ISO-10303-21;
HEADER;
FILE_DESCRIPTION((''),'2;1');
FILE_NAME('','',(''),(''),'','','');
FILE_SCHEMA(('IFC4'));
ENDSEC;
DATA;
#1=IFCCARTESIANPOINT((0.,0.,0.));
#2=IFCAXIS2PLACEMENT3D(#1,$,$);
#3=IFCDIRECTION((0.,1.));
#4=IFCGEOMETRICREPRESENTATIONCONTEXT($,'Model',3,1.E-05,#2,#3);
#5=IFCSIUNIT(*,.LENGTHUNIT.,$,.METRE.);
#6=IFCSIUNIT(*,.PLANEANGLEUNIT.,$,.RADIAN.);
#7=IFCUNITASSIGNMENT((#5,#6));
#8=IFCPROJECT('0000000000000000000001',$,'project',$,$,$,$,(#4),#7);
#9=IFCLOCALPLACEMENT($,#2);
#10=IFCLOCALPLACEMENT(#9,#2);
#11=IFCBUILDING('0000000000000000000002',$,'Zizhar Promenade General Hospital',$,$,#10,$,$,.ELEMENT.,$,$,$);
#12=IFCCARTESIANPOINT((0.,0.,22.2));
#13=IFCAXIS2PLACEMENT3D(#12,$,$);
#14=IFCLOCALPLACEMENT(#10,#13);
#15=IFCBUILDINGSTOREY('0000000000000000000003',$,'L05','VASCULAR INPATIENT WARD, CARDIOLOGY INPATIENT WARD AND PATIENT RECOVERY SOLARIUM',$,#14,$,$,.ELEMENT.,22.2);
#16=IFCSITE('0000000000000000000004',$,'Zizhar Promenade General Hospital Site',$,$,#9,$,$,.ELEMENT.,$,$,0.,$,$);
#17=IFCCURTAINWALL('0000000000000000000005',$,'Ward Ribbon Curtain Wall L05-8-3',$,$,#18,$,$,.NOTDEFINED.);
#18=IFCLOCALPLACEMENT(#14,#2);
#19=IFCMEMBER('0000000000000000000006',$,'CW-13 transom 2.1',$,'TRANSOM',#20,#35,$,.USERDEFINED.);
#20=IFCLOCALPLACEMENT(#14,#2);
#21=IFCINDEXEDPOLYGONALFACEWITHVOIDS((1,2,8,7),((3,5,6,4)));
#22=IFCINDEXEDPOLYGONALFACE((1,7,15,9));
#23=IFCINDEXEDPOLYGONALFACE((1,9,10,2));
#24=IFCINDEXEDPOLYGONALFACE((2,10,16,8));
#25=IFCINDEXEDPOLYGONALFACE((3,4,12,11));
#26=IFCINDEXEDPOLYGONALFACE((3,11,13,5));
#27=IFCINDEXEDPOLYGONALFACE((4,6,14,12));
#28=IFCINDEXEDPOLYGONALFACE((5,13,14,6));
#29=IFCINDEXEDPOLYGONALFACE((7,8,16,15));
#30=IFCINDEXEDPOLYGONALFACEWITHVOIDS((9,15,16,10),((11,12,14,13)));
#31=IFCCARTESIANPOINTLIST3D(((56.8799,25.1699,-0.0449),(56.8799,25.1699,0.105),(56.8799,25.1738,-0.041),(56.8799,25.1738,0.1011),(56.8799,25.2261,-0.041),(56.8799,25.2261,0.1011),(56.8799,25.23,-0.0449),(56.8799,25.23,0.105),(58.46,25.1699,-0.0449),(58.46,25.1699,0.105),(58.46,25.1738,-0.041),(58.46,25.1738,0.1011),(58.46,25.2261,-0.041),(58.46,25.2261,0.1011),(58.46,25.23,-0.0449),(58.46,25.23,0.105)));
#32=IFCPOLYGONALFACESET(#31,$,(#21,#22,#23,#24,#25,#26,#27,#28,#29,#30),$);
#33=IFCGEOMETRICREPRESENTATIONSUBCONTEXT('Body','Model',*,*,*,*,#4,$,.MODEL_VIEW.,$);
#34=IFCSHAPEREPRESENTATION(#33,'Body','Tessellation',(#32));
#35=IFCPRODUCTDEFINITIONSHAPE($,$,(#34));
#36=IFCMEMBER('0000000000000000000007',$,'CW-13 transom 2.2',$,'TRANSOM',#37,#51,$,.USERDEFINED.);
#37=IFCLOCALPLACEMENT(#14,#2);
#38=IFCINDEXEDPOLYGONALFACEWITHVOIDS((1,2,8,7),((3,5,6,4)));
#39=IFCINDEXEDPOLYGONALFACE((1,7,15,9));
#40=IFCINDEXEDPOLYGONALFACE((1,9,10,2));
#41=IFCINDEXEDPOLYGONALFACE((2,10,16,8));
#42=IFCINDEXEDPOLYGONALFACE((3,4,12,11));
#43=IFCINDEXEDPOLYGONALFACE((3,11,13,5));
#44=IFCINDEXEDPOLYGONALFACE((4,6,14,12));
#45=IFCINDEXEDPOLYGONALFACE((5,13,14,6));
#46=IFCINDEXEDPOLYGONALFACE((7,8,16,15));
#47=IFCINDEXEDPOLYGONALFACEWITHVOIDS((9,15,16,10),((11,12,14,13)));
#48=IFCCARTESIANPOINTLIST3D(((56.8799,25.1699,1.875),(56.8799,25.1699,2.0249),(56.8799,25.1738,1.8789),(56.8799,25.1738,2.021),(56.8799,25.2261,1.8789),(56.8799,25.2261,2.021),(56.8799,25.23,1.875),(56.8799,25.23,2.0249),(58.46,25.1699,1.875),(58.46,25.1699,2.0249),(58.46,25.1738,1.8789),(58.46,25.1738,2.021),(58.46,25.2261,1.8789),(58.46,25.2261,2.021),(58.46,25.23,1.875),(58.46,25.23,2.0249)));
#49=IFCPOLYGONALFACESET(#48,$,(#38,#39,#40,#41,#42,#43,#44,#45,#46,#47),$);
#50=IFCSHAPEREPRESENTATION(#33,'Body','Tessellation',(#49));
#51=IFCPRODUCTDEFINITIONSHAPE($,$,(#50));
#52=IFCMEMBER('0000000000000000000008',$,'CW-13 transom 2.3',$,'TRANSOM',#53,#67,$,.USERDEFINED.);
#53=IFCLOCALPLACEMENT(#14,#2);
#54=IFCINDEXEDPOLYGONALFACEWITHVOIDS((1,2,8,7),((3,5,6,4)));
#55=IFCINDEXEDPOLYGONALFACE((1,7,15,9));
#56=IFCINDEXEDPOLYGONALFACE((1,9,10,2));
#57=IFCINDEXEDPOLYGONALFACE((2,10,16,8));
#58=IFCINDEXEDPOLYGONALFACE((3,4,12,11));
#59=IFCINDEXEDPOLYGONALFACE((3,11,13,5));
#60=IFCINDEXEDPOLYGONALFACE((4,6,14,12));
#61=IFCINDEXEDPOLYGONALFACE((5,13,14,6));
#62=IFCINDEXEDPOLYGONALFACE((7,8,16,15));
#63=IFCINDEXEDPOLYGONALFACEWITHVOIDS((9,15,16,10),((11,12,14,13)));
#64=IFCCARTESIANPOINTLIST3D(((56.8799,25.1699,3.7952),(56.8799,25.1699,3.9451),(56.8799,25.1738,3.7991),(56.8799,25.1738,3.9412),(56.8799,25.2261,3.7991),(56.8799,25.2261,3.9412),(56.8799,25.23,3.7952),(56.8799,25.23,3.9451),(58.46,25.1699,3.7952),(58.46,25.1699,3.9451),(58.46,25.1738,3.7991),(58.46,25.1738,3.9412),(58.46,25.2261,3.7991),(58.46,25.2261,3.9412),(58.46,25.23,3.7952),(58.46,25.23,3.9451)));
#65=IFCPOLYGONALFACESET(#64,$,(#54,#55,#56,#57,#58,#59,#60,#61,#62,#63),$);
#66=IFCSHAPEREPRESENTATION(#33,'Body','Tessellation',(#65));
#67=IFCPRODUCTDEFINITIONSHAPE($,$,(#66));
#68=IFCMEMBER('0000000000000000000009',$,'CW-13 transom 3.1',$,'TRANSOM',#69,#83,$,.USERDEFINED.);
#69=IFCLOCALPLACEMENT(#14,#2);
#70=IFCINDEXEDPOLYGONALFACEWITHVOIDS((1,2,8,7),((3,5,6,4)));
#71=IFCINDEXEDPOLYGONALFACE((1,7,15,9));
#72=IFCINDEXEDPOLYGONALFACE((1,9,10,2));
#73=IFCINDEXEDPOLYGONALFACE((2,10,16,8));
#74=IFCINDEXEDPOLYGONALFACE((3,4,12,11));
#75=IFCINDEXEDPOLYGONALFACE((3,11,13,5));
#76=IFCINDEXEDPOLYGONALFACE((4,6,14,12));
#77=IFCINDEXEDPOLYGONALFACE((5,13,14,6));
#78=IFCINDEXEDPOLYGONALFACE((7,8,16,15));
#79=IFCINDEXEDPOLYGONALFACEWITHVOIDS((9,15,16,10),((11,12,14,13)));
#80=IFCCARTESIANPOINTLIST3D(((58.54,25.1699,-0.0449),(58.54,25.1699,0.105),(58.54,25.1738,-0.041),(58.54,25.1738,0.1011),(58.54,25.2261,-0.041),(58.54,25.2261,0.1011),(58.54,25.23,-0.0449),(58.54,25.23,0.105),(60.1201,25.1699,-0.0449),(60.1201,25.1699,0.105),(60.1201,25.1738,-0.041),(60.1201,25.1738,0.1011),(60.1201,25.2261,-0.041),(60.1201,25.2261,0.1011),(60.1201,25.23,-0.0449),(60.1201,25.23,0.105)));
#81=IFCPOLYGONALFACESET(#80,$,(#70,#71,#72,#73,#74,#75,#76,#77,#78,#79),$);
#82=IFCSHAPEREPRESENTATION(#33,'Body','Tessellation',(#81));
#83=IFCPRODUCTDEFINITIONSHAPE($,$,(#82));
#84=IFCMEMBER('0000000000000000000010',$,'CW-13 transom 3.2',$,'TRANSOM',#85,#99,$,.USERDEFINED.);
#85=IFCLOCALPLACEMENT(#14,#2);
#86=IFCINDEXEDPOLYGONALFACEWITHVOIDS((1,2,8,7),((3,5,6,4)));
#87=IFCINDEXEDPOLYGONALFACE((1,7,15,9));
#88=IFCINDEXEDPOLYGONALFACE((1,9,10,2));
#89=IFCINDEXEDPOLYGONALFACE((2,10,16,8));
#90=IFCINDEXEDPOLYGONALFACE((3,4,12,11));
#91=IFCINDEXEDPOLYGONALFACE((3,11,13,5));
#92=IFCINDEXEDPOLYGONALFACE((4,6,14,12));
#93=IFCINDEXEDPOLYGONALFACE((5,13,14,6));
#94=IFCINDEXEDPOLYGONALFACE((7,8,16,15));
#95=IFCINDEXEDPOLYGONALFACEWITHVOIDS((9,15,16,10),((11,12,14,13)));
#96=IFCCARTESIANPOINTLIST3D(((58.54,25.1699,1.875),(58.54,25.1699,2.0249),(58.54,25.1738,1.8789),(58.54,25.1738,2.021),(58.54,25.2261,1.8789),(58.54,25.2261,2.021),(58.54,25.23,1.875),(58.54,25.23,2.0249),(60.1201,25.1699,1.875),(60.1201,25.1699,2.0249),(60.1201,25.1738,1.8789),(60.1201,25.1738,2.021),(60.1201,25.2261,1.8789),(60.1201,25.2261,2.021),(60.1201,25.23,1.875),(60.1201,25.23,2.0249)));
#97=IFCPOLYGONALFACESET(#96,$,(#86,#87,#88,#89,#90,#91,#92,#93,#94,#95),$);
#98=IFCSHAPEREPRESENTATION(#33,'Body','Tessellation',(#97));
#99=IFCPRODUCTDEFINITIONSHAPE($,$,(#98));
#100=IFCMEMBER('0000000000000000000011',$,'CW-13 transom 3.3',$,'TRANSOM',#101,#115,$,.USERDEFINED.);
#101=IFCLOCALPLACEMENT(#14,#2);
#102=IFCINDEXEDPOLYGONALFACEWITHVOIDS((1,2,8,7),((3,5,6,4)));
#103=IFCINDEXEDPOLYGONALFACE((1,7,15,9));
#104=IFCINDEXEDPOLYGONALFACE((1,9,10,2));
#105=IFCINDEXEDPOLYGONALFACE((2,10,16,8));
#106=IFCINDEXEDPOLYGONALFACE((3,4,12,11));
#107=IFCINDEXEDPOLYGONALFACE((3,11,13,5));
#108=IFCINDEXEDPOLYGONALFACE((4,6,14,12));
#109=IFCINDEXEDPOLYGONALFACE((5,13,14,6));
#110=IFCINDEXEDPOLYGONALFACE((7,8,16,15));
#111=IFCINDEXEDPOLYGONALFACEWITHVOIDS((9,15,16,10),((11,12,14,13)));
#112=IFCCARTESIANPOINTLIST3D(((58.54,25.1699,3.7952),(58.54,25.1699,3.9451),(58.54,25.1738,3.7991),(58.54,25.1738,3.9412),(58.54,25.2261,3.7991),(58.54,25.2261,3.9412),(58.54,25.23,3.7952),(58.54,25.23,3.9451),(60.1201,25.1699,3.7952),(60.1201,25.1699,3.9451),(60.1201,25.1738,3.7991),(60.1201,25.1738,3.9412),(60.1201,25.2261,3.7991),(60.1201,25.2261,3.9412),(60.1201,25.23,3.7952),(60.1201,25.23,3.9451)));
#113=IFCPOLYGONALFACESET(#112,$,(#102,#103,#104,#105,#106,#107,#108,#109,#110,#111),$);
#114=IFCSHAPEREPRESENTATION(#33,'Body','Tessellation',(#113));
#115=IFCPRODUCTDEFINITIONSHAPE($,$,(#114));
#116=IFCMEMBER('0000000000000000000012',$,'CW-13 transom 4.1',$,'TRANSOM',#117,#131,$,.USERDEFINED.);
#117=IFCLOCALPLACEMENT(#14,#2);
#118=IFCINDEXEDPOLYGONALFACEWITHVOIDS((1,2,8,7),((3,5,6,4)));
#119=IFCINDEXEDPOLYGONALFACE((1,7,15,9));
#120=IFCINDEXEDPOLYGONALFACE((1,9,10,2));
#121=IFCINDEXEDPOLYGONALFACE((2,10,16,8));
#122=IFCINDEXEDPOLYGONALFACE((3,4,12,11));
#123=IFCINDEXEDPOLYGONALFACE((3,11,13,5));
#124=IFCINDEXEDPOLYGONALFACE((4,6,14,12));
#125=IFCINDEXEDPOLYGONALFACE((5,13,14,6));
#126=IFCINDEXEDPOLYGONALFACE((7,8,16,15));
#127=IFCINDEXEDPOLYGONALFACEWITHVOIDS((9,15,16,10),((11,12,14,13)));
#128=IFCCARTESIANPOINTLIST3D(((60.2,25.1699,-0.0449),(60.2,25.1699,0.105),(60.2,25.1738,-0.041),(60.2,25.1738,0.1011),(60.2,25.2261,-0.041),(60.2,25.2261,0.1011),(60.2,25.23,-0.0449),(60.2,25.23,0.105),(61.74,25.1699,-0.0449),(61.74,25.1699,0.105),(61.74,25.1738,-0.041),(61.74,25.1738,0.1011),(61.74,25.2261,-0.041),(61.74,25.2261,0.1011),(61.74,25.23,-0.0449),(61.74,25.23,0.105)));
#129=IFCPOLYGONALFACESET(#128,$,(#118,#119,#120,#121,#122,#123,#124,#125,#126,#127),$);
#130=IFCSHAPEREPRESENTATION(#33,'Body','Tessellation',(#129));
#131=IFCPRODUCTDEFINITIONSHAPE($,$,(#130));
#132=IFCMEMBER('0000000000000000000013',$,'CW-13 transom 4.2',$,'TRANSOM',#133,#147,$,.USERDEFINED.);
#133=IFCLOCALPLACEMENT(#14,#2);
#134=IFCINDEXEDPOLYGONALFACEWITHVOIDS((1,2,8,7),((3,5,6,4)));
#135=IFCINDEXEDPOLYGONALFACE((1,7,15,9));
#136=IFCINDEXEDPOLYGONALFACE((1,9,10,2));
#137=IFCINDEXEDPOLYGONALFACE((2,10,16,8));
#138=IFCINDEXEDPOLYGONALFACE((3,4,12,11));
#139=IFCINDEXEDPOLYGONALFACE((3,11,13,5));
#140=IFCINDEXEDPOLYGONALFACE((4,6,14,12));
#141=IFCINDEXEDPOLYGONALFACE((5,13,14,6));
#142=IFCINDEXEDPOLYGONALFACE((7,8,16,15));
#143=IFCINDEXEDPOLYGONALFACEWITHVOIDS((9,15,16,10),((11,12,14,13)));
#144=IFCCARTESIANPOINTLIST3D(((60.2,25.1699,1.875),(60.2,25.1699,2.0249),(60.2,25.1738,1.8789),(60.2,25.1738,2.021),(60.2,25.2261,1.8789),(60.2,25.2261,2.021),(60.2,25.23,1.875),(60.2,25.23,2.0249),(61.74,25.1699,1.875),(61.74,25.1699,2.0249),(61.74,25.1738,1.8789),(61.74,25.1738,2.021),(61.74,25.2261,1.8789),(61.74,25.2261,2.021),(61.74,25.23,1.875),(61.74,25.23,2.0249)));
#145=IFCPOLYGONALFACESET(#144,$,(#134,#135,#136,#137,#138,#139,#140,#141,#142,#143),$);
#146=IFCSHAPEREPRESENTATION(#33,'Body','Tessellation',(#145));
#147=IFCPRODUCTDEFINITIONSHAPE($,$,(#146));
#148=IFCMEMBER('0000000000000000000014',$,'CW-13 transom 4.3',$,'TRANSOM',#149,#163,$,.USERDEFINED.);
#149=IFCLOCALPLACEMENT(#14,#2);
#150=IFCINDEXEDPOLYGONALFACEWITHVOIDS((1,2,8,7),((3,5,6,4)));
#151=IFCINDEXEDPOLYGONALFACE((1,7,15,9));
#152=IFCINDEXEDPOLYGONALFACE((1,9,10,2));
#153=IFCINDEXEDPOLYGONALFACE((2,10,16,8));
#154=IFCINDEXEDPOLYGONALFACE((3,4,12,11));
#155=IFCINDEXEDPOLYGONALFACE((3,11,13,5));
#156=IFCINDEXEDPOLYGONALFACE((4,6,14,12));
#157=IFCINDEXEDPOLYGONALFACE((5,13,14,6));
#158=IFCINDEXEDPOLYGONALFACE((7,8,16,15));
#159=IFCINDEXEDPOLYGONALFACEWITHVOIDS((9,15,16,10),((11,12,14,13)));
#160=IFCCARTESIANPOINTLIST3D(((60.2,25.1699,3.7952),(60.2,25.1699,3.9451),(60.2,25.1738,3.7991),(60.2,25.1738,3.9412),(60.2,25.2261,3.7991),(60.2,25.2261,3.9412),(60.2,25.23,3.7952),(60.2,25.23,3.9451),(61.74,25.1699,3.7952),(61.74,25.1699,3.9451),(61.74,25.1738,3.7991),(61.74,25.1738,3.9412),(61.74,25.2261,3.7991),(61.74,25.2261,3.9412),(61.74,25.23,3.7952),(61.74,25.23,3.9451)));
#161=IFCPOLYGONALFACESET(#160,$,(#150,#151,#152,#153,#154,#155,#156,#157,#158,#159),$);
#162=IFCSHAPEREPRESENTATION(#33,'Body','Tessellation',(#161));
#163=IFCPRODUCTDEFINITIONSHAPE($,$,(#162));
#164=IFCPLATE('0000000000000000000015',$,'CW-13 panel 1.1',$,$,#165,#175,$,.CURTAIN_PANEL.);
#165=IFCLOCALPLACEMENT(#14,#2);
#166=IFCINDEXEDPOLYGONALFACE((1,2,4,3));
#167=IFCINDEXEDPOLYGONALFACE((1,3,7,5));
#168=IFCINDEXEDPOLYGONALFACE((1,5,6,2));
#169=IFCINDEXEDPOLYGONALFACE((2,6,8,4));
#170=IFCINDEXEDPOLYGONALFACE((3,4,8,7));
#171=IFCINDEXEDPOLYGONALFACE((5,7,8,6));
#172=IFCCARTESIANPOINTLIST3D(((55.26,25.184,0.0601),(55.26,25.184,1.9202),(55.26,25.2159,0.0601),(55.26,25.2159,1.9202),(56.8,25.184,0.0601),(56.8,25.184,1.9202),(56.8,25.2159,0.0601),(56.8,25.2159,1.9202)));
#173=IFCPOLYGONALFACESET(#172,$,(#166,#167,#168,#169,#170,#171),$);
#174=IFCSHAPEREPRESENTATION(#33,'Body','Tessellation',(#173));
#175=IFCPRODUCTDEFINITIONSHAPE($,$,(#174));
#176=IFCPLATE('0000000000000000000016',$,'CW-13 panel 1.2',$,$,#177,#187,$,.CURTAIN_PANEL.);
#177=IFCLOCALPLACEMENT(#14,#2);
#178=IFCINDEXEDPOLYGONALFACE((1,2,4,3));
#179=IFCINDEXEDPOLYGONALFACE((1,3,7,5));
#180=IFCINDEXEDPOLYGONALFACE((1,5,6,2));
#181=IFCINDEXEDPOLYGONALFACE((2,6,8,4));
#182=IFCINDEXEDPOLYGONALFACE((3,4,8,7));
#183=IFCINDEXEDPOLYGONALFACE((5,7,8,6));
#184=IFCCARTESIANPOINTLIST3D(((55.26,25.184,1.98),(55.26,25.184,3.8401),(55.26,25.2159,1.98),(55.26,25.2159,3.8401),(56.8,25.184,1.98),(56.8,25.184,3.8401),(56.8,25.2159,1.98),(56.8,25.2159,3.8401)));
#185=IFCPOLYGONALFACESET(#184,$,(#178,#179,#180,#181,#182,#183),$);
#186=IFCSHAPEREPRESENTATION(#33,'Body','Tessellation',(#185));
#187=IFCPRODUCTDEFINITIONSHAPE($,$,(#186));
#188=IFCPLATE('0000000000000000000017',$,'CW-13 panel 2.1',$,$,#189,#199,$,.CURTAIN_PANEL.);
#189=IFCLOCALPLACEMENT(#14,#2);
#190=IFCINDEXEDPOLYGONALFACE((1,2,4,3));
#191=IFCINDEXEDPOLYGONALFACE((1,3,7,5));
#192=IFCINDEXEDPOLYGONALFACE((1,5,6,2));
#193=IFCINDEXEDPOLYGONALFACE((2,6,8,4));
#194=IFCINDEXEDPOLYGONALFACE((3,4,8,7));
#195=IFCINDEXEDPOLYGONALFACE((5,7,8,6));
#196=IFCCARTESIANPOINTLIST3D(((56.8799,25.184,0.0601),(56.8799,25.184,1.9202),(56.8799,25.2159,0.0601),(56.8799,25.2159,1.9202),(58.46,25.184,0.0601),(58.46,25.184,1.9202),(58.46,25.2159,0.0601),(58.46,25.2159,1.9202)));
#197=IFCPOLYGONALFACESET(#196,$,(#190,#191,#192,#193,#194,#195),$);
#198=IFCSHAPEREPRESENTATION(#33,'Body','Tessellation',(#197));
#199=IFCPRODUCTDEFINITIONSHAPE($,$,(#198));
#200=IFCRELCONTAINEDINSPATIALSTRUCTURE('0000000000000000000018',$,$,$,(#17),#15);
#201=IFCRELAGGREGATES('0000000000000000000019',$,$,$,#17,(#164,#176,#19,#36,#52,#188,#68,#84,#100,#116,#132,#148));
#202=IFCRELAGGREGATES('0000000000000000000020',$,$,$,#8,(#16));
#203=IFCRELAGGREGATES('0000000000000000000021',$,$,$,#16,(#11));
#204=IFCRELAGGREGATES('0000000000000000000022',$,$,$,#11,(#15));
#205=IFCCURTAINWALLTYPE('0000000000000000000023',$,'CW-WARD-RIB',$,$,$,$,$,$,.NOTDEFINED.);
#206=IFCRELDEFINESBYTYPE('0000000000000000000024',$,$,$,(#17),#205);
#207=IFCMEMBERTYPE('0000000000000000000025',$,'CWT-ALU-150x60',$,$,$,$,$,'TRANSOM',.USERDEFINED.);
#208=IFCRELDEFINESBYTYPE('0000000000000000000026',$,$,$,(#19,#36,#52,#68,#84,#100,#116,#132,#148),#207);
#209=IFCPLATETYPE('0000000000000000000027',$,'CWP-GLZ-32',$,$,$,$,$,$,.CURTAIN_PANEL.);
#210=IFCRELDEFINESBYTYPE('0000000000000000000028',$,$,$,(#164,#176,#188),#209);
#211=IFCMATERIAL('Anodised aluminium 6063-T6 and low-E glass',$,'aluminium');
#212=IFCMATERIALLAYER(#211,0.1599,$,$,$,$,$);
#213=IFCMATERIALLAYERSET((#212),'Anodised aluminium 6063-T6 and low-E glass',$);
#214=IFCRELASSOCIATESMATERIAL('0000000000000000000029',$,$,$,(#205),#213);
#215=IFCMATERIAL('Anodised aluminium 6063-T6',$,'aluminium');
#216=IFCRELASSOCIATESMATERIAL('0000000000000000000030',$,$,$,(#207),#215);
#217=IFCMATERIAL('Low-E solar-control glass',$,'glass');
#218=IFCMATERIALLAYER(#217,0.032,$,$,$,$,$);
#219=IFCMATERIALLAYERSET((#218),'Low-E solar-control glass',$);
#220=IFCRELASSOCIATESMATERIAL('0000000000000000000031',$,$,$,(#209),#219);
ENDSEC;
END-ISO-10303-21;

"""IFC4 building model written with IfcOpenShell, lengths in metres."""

from ifc_helpers import new_model, si_unit, direction, frame, origin, origin_2d, place, context, subcontext, project, spatial, rectangle, hollow_rectangle, extrude, material, layer, layer_set, material_profile, profile_set, type_object, element, aggregate, save


model = new_model("IFC4")

# Units and contexts
model_context = context("Model", 3, precision=1e-05, world=origin(), true_north=direction((0.0, 1.0)))
body_context = subcontext(model_context, "Body", "Model", "MODEL_VIEW")
ifc_project = project(units=[si_unit("LENGTHUNIT", "METRE"), si_unit("PLANEANGLEUNIT", "RADIAN")], contexts=[model_context])

# Site, building, storey
site_placement = place(None, origin())
site = spatial("IfcSite", under=ifc_project, at=site_placement, Name="Zizhar Promenade General Hospital Site", CompositionType="ELEMENT", RefElevation=0.0)
building_placement = place(site_placement, origin())
building = spatial("IfcBuilding", under=site, at=building_placement, Name="Zizhar Promenade General Hospital", CompositionType="ELEMENT")
storey_placement = place(building_placement, frame((0.0, 0.0, 22.2)))
storey = spatial("IfcBuildingStorey", under=building, at=storey_placement, Name="L05", Description="VASCULAR INPATIENT WARD, CARDIOLOGY INPATIENT WARD AND PATIENT RECOVERY SOLARIUM", CompositionType="ELEMENT", Elevation=22.2)

# Curtain wall, members, plates
ifc_material_1 = material(Name="Anodised aluminium 6063-T6 and low-E glass", Category="aluminium")
ifc_layer_1 = layer(ifc_material_1, 0.1599)
ifc_layer_set_1 = layer_set([ifc_layer_1], Name="Anodised aluminium 6063-T6 and low-E glass")
curtain_wall_type = type_object("IfcCurtainWallType", Name="CW-WARD-RIB", PredefinedType="NOTDEFINED", material=ifc_layer_set_1)
curtain_wall_placement = place(storey_placement, origin())
curtain_wall = element("IfcCurtainWall", 1, at=curtain_wall_placement, inside=storey, type_object=curtain_wall_type, Name="Ward Ribbon Curtain Wall L05-8-3", PredefinedType="NOTDEFINED")
ifc_material_2 = material(Name="Anodised aluminium 6063-T6", Category="aluminium")
ifc_material_profile_1 = material_profile(ifc_material_2, hollow_rectangle(XDim=0.0601, YDim=0.1499, WallThickness=0.0039, at=origin_2d()))
ifc_profile_set_1 = profile_set([ifc_material_profile_1], Name="Anodised aluminium 6063-T6")
member_type_1 = type_object("IfcMemberType", Name="CWT-ALU-150x60", ElementType="TRANSOM", PredefinedType="USERDEFINED", material=ifc_profile_set_1)
member_1_placement = place(storey_placement, frame((56.8799, 25.2, 0.03), z_axis=(1.0, 0.0, 0.0), x_axis=(0.0, 1.0, 0.0)))
member_1 = element("IfcMember", 2, at=member_1_placement, type_object=member_type_1, Name="CW-13 transom 2.1", ObjectType="TRANSOM", PredefinedType="USERDEFINED", context=body_context, shape_type="SweptSolid", body=[
    extrude(hollow_rectangle(XDim=0.0601, YDim=0.1499, WallThickness=0.0039, at=origin_2d()), origin(), (0.0, 0.0, 1.0), 1.5801),
])
member_2_placement = place(storey_placement, frame((56.8799, 25.2, 1.95), z_axis=(1.0, 0.0, 0.0), x_axis=(0.0, 1.0, 0.0)))
member_2 = element("IfcMember", 3, at=member_2_placement, type_object=member_type_1, Name="CW-13 transom 2.2", ObjectType="TRANSOM", PredefinedType="USERDEFINED", context=body_context, shape_type="SweptSolid", body=[
    extrude(hollow_rectangle(XDim=0.0601, YDim=0.1499, WallThickness=0.0039, at=origin_2d()), origin(), (0.0, 0.0, 1.0), 1.5801),
])
member_3_placement = place(storey_placement, frame((56.8799, 25.2, 3.8701), z_axis=(1.0, 0.0, 0.0), x_axis=(0.0, 1.0, 0.0)))
member_3 = element("IfcMember", 4, at=member_3_placement, type_object=member_type_1, Name="CW-13 transom 2.3", ObjectType="TRANSOM", PredefinedType="USERDEFINED", context=body_context, shape_type="SweptSolid", body=[
    extrude(hollow_rectangle(XDim=0.0601, YDim=0.1499, WallThickness=0.0039, at=origin_2d()), origin(), (0.0, 0.0, 1.0), 1.5801),
])
member_4_placement = place(storey_placement, frame((58.54, 25.2, 0.03), z_axis=(1.0, 0.0, 0.0), x_axis=(0.0, 1.0, 0.0)))
member_4 = element("IfcMember", 5, at=member_4_placement, type_object=member_type_1, Name="CW-13 transom 3.1", ObjectType="TRANSOM", PredefinedType="USERDEFINED", context=body_context, shape_type="SweptSolid", body=[
    extrude(hollow_rectangle(XDim=0.0601, YDim=0.1499, WallThickness=0.0039, at=origin_2d()), origin(), (0.0, 0.0, 1.0), 1.5801),
])
member_5_placement = place(storey_placement, frame((58.54, 25.2, 1.95), z_axis=(1.0, 0.0, 0.0), x_axis=(0.0, 1.0, 0.0)))
member_5 = element("IfcMember", 6, at=member_5_placement, type_object=member_type_1, Name="CW-13 transom 3.2", ObjectType="TRANSOM", PredefinedType="USERDEFINED", context=body_context, shape_type="SweptSolid", body=[
    extrude(hollow_rectangle(XDim=0.0601, YDim=0.1499, WallThickness=0.0039, at=origin_2d()), origin(), (0.0, 0.0, 1.0), 1.5801),
])
member_6_placement = place(storey_placement, frame((58.54, 25.2, 3.8701), z_axis=(1.0, 0.0, 0.0), x_axis=(0.0, 1.0, 0.0)))
member_6 = element("IfcMember", 7, at=member_6_placement, type_object=member_type_1, Name="CW-13 transom 3.3", ObjectType="TRANSOM", PredefinedType="USERDEFINED", context=body_context, shape_type="SweptSolid", body=[
    extrude(hollow_rectangle(XDim=0.0601, YDim=0.1499, WallThickness=0.0039, at=origin_2d()), origin(), (0.0, 0.0, 1.0), 1.5801),
])
member_7_placement = place(storey_placement, frame((60.2, 25.2, 0.03), z_axis=(1.0, 0.0, 0.0), x_axis=(0.0, 1.0, 0.0)))
member_7 = element("IfcMember", 8, at=member_7_placement, type_object=member_type_1, Name="CW-13 transom 4.1", ObjectType="TRANSOM", PredefinedType="USERDEFINED", context=body_context, shape_type="SweptSolid", body=[
    extrude(hollow_rectangle(XDim=0.0601, YDim=0.1499, WallThickness=0.0039, at=origin_2d()), origin(), (0.0, 0.0, 1.0), 1.54),
])
member_8_placement = place(storey_placement, frame((60.2, 25.2, 1.95), z_axis=(1.0, 0.0, 0.0), x_axis=(0.0, 1.0, 0.0)))
member_8 = element("IfcMember", 9, at=member_8_placement, type_object=member_type_1, Name="CW-13 transom 4.2", ObjectType="TRANSOM", PredefinedType="USERDEFINED", context=body_context, shape_type="SweptSolid", body=[
    extrude(hollow_rectangle(XDim=0.0601, YDim=0.1499, WallThickness=0.0039, at=origin_2d()), origin(), (0.0, 0.0, 1.0), 1.54),
])
member_9_placement = place(storey_placement, frame((60.2, 25.2, 3.8701), z_axis=(1.0, 0.0, 0.0), x_axis=(0.0, 1.0, 0.0)))
member_9 = element("IfcMember", 10, at=member_9_placement, type_object=member_type_1, Name="CW-13 transom 4.3", ObjectType="TRANSOM", PredefinedType="USERDEFINED", context=body_context, shape_type="SweptSolid", body=[
    extrude(hollow_rectangle(XDim=0.0601, YDim=0.1499, WallThickness=0.0039, at=origin_2d()), origin(), (0.0, 0.0, 1.0), 1.54),
])
ifc_material_3 = material(Name="Low-E solar-control glass", Category="glass")
ifc_layer_2 = layer(ifc_material_3, 0.032)
ifc_layer_set_2 = layer_set([ifc_layer_2], Name="Low-E solar-control glass")
plate_type = type_object("IfcPlateType", Name="CWP-GLZ-32", PredefinedType="CURTAIN_PANEL", material=ifc_layer_set_2)
plate_1_placement = place(storey_placement, frame((56.03, 25.2, 0.0601), z_axis=(0.0, 0.0, 1.0), x_axis=(1.0, 0.0, 0.0)))
plate_1 = element("IfcPlate", 11, at=plate_1_placement, type_object=plate_type, Name="CW-13 panel 1.1", PredefinedType="CURTAIN_PANEL", context=body_context, shape_type="SweptSolid", body=[
    extrude(rectangle(XDim=1.54, YDim=0.032, at=origin_2d()), origin(), (0.0, 0.0, 1.0), 1.8601),
])
plate_2_placement = place(storey_placement, frame((56.03, 25.2, 1.98), z_axis=(0.0, 0.0, 1.0), x_axis=(1.0, 0.0, 0.0)))
plate_2 = element("IfcPlate", 12, at=plate_2_placement, type_object=plate_type, Name="CW-13 panel 1.2", PredefinedType="CURTAIN_PANEL", context=body_context, shape_type="SweptSolid", body=[
    extrude(rectangle(XDim=1.54, YDim=0.032, at=origin_2d()), origin(), (0.0, 0.0, 1.0), 1.8601),
])
plate_3_placement = place(storey_placement, frame((57.6699, 25.2, 0.0601), z_axis=(0.0, 0.0, 1.0), x_axis=(1.0, 0.0, 0.0)))
plate_3 = element("IfcPlate", 13, at=plate_3_placement, type_object=plate_type, Name="CW-13 panel 2.1", PredefinedType="CURTAIN_PANEL", context=body_context, shape_type="SweptSolid", body=[
    extrude(rectangle(XDim=1.5801, YDim=0.032, at=origin_2d()), origin(), (0.0, 0.0, 1.0), 1.8601),
])
aggregate(curtain_wall, [plate_1, plate_2, member_1, member_2, member_3, plate_3, member_4, member_5, member_6, member_7, member_8, member_9])

save(model, "model.ifc")
